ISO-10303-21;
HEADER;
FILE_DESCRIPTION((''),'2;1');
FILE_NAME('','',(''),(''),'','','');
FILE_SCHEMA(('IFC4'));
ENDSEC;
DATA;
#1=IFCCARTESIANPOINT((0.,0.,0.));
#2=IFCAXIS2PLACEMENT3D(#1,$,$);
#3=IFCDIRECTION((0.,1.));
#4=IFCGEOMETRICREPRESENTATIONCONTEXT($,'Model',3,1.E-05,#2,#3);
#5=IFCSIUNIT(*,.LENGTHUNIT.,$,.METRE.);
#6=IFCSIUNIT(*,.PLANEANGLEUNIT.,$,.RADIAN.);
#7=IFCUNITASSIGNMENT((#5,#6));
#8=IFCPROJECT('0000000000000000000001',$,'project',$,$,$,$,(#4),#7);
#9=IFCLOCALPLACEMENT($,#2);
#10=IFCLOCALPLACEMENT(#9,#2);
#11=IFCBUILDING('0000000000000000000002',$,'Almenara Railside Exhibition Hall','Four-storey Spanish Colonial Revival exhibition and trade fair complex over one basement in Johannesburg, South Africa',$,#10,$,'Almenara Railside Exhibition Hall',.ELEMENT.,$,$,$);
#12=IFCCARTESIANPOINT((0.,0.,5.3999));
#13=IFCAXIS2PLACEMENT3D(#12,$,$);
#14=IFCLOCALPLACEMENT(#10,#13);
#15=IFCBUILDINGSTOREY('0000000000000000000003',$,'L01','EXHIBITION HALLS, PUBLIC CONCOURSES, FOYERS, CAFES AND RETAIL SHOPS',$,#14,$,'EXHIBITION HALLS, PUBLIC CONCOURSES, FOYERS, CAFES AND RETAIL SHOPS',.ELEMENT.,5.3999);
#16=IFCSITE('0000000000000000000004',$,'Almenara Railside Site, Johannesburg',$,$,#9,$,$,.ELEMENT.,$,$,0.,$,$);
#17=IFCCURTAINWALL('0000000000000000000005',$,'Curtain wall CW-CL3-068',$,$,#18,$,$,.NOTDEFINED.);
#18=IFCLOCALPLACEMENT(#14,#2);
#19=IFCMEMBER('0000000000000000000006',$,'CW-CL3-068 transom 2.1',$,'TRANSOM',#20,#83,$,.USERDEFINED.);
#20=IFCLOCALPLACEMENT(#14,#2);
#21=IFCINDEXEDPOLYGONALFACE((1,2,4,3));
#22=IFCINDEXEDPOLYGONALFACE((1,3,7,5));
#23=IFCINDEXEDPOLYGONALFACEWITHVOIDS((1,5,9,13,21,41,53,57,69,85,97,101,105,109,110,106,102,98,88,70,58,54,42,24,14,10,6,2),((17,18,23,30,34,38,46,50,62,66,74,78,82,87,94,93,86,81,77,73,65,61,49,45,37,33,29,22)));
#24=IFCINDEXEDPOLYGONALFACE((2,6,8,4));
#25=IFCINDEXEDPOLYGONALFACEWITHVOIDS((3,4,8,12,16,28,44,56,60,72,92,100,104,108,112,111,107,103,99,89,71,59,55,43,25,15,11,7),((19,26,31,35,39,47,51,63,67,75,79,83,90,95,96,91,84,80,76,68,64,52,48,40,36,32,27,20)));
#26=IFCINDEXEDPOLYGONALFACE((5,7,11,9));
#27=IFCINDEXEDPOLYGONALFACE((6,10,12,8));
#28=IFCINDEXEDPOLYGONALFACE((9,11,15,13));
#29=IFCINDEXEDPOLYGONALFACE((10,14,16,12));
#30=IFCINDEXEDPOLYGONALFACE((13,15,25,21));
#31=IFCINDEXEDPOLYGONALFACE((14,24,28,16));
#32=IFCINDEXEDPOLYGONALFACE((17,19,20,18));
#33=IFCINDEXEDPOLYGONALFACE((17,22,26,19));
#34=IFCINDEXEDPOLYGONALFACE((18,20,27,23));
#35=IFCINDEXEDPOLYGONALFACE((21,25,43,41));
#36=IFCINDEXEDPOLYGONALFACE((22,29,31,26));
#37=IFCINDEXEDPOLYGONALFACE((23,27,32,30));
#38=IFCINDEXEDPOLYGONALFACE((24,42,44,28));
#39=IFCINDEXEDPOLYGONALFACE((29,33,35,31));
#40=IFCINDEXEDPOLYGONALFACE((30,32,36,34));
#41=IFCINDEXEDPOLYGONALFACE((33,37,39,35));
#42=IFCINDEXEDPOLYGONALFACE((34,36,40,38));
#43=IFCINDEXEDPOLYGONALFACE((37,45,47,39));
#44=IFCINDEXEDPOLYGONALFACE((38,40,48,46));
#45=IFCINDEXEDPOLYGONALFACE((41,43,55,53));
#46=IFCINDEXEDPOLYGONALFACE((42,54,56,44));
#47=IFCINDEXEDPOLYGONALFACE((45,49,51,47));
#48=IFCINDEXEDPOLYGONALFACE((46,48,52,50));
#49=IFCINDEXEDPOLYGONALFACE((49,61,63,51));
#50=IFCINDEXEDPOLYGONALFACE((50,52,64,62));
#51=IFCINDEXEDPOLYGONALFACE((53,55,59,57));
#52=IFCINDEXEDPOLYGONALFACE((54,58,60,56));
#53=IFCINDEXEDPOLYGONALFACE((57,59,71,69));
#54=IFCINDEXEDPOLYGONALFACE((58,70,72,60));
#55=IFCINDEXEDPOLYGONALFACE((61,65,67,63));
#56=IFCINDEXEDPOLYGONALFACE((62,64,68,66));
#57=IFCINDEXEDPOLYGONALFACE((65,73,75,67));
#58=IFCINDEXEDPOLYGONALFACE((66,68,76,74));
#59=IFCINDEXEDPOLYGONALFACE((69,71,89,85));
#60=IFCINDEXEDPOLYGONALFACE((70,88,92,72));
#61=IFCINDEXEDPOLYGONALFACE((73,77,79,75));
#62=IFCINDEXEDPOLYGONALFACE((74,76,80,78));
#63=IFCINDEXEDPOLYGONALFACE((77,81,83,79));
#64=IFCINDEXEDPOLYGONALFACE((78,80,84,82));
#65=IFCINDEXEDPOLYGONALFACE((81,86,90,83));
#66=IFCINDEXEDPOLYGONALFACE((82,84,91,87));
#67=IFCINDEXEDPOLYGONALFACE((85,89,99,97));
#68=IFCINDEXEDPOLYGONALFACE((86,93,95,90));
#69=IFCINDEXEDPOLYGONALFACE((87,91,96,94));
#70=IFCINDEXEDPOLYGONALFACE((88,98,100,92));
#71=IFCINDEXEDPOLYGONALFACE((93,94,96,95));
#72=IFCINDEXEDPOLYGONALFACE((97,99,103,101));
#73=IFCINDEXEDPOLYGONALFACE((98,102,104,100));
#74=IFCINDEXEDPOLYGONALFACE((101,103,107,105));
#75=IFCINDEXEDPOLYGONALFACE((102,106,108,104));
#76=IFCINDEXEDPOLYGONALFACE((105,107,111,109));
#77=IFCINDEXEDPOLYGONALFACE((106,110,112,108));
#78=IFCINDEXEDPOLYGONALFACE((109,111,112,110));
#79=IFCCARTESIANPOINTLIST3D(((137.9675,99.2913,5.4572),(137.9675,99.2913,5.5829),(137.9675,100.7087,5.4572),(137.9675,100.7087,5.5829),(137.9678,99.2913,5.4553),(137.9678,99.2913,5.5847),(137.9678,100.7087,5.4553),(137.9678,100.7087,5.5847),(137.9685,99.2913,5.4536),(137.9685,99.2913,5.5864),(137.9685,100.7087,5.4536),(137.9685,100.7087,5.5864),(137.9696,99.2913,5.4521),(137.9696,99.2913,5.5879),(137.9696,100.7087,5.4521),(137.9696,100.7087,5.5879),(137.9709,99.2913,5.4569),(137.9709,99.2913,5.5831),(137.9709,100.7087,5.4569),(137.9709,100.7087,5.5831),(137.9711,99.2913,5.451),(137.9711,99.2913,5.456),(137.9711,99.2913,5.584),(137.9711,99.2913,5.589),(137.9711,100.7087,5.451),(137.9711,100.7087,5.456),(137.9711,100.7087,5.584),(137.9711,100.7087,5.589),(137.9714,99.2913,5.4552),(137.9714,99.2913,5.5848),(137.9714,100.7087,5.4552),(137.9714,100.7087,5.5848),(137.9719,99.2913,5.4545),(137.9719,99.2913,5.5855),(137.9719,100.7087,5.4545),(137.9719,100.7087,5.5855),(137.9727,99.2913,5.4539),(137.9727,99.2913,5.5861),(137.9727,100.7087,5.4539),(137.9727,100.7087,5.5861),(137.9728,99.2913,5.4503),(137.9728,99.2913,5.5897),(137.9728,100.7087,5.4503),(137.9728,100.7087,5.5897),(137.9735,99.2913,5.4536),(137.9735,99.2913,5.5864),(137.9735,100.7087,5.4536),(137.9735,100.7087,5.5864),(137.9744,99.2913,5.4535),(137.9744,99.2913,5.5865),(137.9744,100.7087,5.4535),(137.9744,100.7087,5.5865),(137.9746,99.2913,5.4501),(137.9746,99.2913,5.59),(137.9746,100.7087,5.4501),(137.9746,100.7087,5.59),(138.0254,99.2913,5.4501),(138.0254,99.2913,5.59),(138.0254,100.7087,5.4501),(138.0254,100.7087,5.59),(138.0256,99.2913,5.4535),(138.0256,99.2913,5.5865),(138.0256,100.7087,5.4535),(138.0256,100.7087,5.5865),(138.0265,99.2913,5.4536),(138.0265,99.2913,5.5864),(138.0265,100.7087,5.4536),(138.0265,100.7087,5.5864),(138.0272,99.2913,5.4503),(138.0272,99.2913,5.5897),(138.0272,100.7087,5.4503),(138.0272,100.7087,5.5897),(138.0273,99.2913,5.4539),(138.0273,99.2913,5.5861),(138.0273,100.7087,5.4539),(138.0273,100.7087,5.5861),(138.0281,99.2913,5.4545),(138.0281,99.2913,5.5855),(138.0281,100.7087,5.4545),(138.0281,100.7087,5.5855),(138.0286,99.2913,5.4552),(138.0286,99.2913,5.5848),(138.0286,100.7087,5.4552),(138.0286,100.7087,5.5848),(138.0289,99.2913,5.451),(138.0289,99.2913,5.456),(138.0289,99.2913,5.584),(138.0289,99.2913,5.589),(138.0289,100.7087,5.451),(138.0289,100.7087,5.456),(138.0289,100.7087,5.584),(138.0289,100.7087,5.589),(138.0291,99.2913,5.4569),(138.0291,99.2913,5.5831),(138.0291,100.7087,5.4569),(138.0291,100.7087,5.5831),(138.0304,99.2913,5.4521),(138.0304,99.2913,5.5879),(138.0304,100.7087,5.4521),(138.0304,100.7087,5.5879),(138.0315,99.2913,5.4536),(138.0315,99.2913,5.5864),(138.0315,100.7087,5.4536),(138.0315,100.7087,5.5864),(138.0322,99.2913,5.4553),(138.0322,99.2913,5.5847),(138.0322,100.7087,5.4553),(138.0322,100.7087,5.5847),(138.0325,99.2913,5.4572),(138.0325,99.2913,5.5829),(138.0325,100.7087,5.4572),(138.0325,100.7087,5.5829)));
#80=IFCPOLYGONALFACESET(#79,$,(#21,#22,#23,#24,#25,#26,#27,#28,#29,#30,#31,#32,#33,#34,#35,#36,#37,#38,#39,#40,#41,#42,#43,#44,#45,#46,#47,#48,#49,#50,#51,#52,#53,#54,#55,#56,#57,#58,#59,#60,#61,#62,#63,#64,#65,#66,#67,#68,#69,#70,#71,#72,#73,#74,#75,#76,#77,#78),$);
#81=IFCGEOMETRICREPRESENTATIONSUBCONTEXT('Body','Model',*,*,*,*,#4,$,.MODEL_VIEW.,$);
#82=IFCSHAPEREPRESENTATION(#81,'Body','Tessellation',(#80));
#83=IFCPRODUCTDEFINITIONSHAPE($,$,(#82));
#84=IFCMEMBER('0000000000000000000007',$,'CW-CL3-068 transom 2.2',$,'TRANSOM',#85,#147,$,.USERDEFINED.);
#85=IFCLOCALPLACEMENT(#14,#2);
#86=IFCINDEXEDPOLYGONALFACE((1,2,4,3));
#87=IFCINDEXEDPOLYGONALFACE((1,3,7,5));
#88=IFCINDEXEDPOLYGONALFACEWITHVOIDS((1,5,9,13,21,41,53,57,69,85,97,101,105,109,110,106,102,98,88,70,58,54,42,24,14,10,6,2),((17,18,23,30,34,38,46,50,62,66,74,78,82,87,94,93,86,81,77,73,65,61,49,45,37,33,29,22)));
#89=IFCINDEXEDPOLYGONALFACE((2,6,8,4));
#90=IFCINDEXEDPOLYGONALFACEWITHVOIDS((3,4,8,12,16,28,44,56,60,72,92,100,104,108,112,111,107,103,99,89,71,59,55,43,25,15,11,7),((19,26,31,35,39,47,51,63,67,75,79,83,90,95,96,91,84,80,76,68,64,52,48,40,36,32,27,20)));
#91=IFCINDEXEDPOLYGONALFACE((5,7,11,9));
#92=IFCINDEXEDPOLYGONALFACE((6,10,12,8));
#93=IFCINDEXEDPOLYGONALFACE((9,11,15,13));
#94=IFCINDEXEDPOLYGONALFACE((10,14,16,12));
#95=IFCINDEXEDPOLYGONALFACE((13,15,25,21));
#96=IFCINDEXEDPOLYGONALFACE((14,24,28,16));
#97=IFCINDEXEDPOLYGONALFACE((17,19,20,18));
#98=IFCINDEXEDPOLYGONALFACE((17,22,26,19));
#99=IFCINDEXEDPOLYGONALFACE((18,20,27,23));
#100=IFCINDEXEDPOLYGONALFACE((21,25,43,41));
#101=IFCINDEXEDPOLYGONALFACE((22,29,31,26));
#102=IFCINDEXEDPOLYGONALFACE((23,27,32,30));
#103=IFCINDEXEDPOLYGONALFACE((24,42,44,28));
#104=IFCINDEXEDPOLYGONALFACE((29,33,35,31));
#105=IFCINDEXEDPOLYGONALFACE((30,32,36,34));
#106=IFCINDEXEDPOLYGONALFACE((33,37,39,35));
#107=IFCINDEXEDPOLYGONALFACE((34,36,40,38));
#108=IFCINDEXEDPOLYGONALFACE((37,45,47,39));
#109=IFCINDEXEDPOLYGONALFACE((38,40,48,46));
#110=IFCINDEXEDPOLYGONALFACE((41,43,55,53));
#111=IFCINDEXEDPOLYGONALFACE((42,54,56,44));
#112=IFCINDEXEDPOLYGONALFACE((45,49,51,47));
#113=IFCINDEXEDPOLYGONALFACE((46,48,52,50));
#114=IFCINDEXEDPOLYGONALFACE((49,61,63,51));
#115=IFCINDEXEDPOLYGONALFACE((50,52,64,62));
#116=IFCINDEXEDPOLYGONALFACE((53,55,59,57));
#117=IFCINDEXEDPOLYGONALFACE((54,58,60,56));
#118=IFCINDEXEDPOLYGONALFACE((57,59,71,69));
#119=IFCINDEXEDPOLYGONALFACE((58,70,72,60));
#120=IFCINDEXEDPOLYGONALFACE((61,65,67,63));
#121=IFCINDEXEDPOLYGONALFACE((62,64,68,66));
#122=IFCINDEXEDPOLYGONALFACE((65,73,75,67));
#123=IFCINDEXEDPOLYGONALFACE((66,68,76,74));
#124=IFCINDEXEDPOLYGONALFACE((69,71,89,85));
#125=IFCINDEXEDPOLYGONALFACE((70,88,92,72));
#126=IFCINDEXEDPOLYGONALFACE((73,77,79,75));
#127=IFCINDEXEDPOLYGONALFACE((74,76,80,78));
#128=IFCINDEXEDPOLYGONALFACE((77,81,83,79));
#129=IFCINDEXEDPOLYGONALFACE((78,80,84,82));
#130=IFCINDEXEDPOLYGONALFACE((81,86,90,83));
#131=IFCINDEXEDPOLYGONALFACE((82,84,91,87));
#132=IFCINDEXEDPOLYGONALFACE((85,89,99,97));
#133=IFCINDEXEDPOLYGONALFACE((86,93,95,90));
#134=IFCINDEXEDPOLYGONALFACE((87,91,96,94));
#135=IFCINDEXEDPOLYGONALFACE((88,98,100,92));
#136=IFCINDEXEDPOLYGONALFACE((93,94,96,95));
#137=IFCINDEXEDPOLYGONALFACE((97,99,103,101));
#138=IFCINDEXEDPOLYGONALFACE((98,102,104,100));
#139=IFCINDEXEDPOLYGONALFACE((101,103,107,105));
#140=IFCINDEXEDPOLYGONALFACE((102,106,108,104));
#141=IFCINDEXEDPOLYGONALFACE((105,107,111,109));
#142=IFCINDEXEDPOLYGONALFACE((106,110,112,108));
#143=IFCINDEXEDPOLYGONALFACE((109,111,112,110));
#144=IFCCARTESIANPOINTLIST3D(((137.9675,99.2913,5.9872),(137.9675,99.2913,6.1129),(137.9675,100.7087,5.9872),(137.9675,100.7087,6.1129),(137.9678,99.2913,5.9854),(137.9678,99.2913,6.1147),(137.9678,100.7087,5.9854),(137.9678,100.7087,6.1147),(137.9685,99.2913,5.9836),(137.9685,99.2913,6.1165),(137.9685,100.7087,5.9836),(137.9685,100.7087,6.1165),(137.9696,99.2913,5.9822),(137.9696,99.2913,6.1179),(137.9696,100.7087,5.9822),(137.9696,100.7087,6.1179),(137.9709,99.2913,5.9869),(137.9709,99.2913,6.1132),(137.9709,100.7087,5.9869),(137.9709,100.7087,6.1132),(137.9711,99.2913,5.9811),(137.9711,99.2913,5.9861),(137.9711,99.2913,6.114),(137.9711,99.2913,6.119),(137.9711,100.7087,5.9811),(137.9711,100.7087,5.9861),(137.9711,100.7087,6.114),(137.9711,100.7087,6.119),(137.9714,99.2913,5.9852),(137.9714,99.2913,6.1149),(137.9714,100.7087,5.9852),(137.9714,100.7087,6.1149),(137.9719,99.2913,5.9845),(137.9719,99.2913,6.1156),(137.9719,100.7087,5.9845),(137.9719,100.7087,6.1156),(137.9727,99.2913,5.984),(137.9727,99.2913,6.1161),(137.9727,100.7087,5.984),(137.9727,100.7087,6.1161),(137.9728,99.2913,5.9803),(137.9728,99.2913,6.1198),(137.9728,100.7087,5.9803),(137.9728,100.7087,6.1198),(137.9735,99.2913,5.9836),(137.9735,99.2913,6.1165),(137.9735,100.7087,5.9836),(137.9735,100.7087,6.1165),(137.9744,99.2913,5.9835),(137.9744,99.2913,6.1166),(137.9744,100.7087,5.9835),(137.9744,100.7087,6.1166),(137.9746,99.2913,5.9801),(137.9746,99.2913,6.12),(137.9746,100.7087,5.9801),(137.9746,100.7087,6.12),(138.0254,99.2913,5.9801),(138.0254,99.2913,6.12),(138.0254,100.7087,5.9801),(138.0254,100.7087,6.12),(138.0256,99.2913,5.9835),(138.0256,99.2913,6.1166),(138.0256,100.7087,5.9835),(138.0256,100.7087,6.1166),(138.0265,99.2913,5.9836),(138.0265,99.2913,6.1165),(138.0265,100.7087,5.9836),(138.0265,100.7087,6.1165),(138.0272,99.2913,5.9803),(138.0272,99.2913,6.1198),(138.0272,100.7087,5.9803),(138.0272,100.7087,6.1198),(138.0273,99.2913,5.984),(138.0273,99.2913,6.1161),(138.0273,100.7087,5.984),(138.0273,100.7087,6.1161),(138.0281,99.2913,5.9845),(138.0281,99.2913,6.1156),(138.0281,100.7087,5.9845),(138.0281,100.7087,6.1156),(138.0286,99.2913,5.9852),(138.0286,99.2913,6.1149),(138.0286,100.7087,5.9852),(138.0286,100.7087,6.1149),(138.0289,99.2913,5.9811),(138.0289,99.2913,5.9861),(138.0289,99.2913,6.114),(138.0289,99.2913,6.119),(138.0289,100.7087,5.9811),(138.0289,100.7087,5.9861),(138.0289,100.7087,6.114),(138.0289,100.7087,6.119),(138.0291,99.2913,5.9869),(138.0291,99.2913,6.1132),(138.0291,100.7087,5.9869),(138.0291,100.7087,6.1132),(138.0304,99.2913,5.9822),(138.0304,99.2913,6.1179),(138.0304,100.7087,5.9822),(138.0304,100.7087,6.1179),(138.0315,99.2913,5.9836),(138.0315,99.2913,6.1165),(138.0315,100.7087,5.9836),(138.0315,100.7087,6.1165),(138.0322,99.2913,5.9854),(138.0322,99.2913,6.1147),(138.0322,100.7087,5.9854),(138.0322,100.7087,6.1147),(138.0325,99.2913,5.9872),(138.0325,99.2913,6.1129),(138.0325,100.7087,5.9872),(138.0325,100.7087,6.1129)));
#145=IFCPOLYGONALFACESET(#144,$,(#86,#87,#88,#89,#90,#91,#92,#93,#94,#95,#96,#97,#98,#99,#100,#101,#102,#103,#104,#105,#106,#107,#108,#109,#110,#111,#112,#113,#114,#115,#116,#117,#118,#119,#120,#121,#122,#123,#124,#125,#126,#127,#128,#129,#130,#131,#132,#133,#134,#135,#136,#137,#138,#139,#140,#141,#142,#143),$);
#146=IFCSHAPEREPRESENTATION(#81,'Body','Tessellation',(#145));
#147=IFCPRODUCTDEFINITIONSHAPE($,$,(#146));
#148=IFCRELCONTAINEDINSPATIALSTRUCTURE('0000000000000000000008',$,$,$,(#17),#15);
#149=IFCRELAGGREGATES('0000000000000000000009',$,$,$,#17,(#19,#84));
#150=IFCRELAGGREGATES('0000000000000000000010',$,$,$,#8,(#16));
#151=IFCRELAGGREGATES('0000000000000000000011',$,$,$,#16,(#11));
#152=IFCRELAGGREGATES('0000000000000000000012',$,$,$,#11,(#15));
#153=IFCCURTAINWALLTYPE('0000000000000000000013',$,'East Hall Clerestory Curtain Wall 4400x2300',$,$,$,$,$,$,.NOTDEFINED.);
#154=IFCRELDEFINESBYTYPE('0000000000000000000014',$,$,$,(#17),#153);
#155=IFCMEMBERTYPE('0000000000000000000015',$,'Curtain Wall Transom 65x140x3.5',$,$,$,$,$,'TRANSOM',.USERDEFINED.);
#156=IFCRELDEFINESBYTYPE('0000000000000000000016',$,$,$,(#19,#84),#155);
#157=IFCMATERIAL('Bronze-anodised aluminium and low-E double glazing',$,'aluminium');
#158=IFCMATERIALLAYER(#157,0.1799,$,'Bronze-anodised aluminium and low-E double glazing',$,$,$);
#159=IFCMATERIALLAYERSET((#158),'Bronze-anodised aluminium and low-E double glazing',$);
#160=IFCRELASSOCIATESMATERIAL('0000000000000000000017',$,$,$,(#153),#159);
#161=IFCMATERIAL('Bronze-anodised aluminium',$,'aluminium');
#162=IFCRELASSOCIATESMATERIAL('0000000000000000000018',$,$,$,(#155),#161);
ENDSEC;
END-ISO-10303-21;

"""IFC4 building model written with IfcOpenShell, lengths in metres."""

from ifc_helpers import new_model, si_unit, direction, frame, origin, origin_2d, place, context, subcontext, project, spatial, hollow_rectangle, extrude, material, layer, layer_set, material_profile, profile_set, type_object, element, aggregate, save


model = new_model("IFC4")

# Units and contexts
model_context = context("Model", 3, precision=1e-05, world=origin(), true_north=direction((0.0, 1.0)))
body_context = subcontext(model_context, "Body", "Model", "MODEL_VIEW")
ifc_project = project(units=[si_unit("LENGTHUNIT", "METRE"), si_unit("PLANEANGLEUNIT", "RADIAN")], contexts=[model_context])

# Site, building, storey
site_placement = place(None, origin())
site = spatial("IfcSite", under=ifc_project, at=site_placement, Name="Almenara Railside Site, Johannesburg", CompositionType="ELEMENT", RefElevation=0.0)
building_placement = place(site_placement, origin())
building = spatial("IfcBuilding", under=site, at=building_placement, Name="Almenara Railside Exhibition Hall", Description="Four-storey Spanish Colonial Revival exhibition and trade fair complex over one basement in Johannesburg, South Africa", LongName="Almenara Railside Exhibition Hall", CompositionType="ELEMENT")
storey_placement = place(building_placement, frame((0.0, 0.0, 5.3999)))
storey = spatial("IfcBuildingStorey", under=building, at=storey_placement, Name="L01", Description="EXHIBITION HALLS, PUBLIC CONCOURSES, FOYERS, CAFES AND RETAIL SHOPS", LongName="EXHIBITION HALLS, PUBLIC CONCOURSES, FOYERS, CAFES AND RETAIL SHOPS", CompositionType="ELEMENT", Elevation=5.3999)

# Curtain wall
ifc_material_1 = material(Name="Bronze-anodised aluminium and low-E double glazing", Category="aluminium")
ifc_layer_1 = layer(ifc_material_1, 0.1799, Name="Bronze-anodised aluminium and low-E double glazing")
ifc_layer_set_1 = layer_set([ifc_layer_1], Name="Bronze-anodised aluminium and low-E double glazing")
curtain_wall_type = type_object("IfcCurtainWallType", Name="East Hall Clerestory Curtain Wall 4400x2300", PredefinedType="NOTDEFINED", material=ifc_layer_set_1)
curtain_wall_1_placement = place(storey_placement, origin())
curtain_wall_1 = element("IfcCurtainWall", 1, at=curtain_wall_1_placement, inside=storey, type_object=curtain_wall_type, Name="Curtain wall CW-CL3-068", PredefinedType="NOTDEFINED")
ifc_material_2 = material(Name="Bronze-anodised aluminium", Category="aluminium")

# Members
ifc_material_profile_1 = material_profile(ifc_material_2, hollow_rectangle(XDim=0.0649, YDim=0.1399, WallThickness=0.0034, InnerFilletRadius=0.0034, OuterFilletRadius=0.0071, at=origin_2d()), Name="ALU-TRN 65x140x3.5")
ifc_profile_set_1 = profile_set([ifc_material_profile_1], Name="Bronze-anodised aluminium")
member_type_1 = type_object("IfcMemberType", Name="Curtain Wall Transom 65x140x3.5", ElementType="TRANSOM", PredefinedType="USERDEFINED", material=ifc_profile_set_1)
member_1_placement = place(storey_placement, frame((138.0, 99.2913, 5.52), z_axis=(0.0, 1.0, 0.0), x_axis=(-1.0, 0.0, 0.0)))
member_1 = element("IfcMember", 2, at=member_1_placement, type_object=member_type_1, Name="CW-CL3-068 transom 2.1", ObjectType="TRANSOM", PredefinedType="USERDEFINED", context=body_context, shape_type="SweptSolid", body=[
    extrude(hollow_rectangle(XDim=0.0649, YDim=0.1399, WallThickness=0.0034, InnerFilletRadius=0.0034, OuterFilletRadius=0.0071, at=origin_2d()), origin(), (0.0, 0.0, 1.0), 1.4175),
])
member_2_placement = place(storey_placement, frame((138.0, 99.2913, 6.05), z_axis=(0.0, 1.0, 0.0), x_axis=(-1.0, 0.0, 0.0)))
member_2 = element("IfcMember", 3, at=member_2_placement, type_object=member_type_1, Name="CW-CL3-068 transom 2.2", ObjectType="TRANSOM", PredefinedType="USERDEFINED", context=body_context, shape_type="SweptSolid", body=[
    extrude(hollow_rectangle(XDim=0.0649, YDim=0.1399, WallThickness=0.0034, InnerFilletRadius=0.0034, OuterFilletRadius=0.0071, at=origin_2d()), origin(), (0.0, 0.0, 1.0), 1.4175),
])

aggregate(curtain_wall_1, [member_1, member_2])

save(model, "model.ifc")
